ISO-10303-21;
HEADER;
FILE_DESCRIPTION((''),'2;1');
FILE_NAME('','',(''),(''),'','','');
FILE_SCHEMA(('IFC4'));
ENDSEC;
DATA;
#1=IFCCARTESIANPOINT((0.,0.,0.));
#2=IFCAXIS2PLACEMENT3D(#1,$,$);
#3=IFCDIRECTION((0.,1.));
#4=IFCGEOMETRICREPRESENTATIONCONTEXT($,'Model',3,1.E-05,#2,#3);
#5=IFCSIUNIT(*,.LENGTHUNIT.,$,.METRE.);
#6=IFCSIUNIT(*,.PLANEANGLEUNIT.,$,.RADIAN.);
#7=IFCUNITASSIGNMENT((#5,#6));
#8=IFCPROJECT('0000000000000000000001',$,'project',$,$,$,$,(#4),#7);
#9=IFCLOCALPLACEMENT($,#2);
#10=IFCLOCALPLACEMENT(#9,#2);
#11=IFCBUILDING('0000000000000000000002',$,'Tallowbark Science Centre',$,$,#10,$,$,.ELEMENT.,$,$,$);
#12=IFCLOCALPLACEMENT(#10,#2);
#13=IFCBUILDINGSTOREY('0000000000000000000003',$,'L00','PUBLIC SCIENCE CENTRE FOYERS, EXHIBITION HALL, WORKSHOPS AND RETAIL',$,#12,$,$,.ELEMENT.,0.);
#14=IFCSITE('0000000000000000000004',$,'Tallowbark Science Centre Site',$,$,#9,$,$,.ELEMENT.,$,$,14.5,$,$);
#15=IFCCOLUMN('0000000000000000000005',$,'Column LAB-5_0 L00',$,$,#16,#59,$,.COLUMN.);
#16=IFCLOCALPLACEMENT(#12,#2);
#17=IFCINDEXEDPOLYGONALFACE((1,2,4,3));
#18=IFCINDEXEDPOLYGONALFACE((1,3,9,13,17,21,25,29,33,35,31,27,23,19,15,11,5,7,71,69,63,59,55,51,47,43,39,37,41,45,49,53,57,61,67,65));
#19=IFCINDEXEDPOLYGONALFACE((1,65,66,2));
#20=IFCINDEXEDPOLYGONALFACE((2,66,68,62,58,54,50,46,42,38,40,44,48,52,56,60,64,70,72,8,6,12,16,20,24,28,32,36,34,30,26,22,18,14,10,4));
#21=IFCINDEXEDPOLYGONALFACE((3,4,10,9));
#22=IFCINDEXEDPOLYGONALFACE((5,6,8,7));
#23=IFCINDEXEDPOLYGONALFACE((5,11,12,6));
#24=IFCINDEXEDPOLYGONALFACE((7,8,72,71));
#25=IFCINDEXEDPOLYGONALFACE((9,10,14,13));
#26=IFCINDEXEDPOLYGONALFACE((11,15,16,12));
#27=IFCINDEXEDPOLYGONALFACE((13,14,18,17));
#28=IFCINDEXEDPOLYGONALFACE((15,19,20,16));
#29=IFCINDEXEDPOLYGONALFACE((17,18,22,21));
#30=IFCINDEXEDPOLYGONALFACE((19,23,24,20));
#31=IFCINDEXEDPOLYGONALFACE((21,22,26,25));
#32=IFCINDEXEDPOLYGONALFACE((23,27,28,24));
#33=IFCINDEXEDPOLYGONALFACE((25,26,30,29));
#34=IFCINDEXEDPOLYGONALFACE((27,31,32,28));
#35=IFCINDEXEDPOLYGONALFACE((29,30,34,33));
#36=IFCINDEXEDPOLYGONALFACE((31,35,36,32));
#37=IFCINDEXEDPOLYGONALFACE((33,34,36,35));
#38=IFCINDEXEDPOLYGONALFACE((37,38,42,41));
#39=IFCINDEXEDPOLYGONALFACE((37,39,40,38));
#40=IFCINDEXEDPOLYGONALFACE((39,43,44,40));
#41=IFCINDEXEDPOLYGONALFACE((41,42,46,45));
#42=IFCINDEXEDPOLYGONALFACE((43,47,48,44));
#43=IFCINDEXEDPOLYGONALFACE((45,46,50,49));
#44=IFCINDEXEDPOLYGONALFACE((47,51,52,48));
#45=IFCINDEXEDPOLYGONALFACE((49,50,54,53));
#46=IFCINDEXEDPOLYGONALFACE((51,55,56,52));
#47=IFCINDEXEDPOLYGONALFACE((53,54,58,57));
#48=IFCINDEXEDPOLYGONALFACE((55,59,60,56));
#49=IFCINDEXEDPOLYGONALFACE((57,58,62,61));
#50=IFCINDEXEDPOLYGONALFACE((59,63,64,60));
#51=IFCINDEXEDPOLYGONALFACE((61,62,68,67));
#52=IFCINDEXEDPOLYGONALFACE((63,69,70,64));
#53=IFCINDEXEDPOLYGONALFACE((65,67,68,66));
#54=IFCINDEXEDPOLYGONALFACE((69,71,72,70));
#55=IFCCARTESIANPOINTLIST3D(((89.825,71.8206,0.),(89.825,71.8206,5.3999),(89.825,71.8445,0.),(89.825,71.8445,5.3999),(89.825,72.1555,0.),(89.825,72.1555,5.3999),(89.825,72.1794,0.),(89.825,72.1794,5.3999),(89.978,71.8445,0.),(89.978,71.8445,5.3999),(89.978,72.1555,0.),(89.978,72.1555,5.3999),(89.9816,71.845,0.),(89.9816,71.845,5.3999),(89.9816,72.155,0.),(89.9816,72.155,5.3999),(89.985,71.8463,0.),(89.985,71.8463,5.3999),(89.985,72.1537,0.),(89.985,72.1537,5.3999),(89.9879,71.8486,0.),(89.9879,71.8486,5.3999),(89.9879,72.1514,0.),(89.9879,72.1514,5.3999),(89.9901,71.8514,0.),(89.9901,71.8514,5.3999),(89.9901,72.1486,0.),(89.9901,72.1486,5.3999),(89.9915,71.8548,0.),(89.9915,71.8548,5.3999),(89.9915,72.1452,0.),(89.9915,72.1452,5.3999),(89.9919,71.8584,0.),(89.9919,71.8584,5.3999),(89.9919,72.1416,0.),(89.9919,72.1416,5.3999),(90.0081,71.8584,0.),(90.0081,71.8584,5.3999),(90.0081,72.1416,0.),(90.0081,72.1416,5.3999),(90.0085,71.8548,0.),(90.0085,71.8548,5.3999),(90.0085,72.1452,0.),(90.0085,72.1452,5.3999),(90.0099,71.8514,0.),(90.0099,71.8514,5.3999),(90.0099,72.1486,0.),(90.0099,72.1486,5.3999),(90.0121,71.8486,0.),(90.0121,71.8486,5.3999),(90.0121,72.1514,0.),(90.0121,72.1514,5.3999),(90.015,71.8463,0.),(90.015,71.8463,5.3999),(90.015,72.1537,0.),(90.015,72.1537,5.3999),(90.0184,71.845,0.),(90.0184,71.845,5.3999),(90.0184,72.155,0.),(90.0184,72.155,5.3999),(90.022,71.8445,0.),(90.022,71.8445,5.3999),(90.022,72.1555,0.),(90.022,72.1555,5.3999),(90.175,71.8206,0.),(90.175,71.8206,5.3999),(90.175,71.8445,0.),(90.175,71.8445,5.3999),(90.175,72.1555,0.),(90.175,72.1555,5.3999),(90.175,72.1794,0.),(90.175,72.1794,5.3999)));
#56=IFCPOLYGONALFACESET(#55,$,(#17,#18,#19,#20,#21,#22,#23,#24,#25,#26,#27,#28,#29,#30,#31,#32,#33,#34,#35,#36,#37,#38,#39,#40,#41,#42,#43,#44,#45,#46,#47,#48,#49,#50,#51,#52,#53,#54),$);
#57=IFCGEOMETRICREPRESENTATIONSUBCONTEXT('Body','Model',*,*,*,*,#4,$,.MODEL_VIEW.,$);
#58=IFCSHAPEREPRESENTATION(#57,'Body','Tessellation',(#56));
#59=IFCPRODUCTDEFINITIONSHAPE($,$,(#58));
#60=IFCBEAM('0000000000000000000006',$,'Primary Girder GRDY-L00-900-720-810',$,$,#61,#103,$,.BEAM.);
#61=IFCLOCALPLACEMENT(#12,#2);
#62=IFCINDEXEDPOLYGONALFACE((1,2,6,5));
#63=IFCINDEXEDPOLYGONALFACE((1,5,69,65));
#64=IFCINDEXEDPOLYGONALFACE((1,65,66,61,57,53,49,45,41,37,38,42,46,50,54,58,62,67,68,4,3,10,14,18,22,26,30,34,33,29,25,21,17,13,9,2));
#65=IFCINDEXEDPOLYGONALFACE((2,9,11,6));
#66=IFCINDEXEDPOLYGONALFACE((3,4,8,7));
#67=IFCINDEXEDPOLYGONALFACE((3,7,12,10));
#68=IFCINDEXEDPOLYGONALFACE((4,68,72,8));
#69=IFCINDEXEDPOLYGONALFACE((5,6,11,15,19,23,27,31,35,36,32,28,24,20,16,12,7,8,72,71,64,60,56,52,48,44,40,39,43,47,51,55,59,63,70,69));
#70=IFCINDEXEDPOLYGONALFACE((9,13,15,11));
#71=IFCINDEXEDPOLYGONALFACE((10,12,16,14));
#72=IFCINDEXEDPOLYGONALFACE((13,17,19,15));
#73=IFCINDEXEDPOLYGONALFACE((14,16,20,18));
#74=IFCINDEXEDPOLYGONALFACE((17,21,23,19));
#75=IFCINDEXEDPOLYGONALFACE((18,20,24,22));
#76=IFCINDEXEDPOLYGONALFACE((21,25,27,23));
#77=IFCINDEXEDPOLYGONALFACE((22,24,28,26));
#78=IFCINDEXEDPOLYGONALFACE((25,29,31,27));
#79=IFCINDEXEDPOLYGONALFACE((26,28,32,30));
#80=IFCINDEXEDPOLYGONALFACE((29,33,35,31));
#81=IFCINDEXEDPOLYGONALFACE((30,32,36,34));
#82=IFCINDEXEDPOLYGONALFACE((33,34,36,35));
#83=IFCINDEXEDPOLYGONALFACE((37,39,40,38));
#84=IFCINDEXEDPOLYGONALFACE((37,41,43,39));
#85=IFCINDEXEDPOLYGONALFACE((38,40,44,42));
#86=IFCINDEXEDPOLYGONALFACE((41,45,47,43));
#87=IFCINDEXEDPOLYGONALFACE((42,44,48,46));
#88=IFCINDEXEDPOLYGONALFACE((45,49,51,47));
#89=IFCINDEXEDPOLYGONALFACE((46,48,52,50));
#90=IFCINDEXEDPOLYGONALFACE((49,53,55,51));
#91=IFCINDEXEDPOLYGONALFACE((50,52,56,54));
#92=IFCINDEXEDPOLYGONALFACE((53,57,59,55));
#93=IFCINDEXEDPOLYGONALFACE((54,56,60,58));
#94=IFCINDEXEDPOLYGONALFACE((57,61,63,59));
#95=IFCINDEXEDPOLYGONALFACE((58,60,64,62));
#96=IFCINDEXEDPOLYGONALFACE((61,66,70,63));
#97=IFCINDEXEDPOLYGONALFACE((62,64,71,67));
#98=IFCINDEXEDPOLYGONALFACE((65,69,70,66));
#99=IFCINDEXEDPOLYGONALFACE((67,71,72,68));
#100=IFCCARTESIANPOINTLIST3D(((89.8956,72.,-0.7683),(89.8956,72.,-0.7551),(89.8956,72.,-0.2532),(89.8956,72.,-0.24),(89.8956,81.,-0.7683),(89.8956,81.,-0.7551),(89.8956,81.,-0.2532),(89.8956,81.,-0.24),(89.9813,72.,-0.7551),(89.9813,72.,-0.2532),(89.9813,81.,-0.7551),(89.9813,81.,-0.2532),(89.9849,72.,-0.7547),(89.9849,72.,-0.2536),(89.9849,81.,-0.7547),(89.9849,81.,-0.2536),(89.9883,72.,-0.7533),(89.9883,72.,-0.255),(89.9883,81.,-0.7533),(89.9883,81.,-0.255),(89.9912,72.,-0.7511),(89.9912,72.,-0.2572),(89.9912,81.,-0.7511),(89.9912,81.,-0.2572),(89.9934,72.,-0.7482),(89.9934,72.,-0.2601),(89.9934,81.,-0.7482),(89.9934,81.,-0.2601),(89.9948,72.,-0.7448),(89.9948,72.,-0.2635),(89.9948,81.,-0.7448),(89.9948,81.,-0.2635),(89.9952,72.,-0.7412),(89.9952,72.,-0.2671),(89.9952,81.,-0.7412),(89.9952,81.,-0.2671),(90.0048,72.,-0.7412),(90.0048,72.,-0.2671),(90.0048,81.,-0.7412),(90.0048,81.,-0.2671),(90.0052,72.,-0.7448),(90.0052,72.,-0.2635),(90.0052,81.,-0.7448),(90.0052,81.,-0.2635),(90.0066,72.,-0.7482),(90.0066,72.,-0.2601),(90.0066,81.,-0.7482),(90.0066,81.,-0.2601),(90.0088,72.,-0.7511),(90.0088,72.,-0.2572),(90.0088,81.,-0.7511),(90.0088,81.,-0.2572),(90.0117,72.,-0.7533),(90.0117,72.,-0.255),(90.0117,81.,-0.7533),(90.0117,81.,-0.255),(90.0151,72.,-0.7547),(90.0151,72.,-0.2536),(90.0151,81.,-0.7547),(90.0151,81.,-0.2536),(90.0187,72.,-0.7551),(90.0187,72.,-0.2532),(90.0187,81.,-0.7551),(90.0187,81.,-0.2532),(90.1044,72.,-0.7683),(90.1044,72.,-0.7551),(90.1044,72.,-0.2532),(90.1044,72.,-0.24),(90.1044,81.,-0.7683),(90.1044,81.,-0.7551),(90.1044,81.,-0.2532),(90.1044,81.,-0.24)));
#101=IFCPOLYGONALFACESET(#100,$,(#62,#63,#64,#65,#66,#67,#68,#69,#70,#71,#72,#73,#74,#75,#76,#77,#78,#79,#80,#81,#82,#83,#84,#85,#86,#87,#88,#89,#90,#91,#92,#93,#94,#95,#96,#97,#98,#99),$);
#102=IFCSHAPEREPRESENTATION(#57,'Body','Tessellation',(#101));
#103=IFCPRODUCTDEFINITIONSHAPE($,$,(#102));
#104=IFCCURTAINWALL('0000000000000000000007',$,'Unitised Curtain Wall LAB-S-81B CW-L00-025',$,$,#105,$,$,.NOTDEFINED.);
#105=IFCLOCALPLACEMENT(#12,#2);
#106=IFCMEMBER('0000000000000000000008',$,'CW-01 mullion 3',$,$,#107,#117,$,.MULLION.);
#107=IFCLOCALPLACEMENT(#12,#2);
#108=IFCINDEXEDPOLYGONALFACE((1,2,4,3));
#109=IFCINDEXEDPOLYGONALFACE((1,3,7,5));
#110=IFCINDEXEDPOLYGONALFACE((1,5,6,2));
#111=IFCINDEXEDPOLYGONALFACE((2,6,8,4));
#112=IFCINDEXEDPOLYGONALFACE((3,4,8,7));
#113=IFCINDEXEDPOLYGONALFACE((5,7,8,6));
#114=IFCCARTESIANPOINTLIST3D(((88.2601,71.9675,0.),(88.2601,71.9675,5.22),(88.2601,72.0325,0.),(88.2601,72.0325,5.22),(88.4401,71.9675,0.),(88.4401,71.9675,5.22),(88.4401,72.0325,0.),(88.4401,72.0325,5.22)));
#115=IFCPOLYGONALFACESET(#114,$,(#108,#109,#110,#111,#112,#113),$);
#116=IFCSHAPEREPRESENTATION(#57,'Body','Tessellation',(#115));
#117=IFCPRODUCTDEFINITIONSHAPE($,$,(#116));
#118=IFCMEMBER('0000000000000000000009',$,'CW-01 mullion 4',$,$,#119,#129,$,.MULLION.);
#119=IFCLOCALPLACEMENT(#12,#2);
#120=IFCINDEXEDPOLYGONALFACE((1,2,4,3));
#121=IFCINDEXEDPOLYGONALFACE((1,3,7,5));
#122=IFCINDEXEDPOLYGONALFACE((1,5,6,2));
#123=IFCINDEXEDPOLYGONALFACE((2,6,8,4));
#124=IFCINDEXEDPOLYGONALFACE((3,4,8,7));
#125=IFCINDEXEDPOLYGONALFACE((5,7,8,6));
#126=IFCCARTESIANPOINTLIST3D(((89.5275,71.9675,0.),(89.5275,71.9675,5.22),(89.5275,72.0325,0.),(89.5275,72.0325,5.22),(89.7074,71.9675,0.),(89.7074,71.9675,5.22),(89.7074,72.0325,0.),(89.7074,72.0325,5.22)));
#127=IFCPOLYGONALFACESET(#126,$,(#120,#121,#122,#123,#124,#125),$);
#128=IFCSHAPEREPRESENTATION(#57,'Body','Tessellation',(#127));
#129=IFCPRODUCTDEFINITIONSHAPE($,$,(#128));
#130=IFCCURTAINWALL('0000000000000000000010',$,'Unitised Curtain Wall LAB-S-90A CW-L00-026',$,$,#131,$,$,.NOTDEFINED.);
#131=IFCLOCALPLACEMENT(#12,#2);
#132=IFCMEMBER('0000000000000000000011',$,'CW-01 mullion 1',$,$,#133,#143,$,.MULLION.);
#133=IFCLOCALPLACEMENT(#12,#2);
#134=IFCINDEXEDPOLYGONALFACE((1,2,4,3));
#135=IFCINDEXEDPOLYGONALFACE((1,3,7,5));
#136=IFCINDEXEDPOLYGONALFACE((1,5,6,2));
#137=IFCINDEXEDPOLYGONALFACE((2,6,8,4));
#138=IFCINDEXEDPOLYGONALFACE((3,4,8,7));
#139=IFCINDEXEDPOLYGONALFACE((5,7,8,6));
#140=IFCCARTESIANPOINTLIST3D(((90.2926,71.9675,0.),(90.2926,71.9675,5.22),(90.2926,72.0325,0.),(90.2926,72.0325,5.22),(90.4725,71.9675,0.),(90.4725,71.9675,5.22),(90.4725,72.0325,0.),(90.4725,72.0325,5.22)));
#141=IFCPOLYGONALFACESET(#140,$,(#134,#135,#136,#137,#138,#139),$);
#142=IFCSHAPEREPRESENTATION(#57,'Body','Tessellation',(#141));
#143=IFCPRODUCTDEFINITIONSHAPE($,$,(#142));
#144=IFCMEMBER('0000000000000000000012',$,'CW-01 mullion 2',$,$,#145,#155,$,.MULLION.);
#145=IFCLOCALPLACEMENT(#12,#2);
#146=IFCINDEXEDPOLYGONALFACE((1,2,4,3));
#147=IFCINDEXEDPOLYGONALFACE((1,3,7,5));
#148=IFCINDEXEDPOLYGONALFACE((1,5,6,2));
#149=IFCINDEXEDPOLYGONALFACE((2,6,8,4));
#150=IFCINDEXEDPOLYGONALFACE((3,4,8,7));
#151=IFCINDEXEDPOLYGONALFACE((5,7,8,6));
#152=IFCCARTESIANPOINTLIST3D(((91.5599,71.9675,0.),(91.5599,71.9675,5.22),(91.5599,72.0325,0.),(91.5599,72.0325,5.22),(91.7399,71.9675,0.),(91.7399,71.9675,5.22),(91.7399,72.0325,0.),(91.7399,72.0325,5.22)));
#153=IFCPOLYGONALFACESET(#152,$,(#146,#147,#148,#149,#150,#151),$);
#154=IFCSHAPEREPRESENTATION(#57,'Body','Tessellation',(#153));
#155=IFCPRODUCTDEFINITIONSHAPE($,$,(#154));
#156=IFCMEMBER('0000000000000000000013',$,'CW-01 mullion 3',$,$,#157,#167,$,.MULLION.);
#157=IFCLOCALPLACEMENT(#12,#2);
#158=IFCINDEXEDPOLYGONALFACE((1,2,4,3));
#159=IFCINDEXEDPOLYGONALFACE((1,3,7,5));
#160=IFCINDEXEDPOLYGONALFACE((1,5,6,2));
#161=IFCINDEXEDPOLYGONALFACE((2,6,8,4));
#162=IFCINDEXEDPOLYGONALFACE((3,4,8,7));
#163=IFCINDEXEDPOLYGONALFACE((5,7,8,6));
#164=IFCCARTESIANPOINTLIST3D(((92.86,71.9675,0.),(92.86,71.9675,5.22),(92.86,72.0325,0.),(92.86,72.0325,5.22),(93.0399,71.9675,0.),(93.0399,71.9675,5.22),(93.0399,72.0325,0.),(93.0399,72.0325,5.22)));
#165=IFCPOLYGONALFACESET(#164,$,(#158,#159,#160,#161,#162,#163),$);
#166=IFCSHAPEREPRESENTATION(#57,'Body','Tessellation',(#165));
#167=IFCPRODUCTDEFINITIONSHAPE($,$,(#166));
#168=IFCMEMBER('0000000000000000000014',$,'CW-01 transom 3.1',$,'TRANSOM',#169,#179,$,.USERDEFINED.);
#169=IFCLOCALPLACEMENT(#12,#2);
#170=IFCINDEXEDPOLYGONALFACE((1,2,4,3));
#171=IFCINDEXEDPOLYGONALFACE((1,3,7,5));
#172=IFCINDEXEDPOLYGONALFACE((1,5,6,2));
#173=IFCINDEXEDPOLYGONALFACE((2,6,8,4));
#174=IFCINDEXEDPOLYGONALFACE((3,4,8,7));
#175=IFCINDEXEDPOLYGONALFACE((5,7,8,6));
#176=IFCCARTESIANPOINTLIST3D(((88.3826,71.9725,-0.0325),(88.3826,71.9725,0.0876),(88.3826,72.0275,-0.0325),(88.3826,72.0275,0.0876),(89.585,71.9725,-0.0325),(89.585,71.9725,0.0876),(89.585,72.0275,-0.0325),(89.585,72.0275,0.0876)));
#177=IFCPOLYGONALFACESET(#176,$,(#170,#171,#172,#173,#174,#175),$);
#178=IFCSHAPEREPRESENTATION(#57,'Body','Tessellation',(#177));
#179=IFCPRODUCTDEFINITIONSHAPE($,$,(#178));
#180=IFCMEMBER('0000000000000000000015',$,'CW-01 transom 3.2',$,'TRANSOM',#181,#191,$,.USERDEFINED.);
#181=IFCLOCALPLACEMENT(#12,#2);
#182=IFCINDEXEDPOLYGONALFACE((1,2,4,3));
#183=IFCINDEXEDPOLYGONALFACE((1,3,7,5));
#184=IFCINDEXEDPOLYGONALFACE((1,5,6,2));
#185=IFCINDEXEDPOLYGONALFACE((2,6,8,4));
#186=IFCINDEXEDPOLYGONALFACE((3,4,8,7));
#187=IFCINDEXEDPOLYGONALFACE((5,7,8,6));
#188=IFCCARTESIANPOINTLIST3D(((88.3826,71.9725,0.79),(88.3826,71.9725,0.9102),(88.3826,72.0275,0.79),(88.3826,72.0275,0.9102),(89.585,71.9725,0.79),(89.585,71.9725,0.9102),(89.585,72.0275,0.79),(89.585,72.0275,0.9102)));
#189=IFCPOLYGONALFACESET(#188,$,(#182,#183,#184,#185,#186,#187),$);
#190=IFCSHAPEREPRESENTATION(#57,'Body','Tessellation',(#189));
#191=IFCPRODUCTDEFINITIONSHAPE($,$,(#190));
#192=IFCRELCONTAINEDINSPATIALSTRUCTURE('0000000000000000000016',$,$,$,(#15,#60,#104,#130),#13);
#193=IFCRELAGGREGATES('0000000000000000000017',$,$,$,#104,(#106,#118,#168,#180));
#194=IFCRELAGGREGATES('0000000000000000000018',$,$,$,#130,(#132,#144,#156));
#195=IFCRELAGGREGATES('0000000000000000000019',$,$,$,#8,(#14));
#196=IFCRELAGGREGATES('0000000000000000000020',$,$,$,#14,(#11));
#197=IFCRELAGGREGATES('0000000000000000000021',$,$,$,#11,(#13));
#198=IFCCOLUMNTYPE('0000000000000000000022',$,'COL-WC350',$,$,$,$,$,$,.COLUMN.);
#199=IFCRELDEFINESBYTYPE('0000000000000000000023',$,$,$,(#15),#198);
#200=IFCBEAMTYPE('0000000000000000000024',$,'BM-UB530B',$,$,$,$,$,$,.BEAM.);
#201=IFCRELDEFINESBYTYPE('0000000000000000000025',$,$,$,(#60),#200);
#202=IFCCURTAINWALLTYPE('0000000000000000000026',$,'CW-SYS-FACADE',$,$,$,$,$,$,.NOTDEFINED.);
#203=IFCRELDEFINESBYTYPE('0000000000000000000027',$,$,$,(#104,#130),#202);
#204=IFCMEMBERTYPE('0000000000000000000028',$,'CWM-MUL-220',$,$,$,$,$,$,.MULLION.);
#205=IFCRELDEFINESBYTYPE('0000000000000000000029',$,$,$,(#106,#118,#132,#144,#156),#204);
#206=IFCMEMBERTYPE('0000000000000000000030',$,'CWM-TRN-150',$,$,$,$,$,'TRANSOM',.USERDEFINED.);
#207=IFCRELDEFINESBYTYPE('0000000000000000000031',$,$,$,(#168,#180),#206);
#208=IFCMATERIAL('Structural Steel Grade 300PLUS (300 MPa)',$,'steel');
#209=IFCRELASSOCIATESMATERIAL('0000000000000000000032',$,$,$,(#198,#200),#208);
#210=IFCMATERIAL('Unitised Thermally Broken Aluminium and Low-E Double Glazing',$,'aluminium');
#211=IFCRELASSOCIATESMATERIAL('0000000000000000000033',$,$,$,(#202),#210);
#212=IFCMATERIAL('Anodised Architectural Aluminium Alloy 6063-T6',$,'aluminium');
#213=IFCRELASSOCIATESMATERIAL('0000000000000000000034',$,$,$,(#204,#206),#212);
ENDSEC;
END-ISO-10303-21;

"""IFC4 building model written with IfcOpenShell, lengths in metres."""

from ifc_helpers import new_model, si_unit, direction, frame, origin, origin_2d, place, context, subcontext, project, spatial, rectangle, i_section, extrude, material, material_profile, profile_set, type_object, element, aggregate, save


model = new_model("IFC4")

# Units and contexts
model_context = context("Model", 3, precision=1e-05, world=origin(), true_north=direction((0.0, 1.0)))
body_context = subcontext(model_context, "Body", "Model", "MODEL_VIEW")
ifc_project = project(units=[si_unit("LENGTHUNIT", "METRE"), si_unit("PLANEANGLEUNIT", "RADIAN")], contexts=[model_context])

# Site, building, storey
site_placement = place(None, origin())
site = spatial("IfcSite", under=ifc_project, at=site_placement, Name="Tallowbark Science Centre Site", CompositionType="ELEMENT", RefElevation=14.5)
building_placement = place(site_placement, origin())
building = spatial("IfcBuilding", under=site, at=building_placement, Name="Tallowbark Science Centre", CompositionType="ELEMENT")
storey_placement = place(building_placement, origin())
storey = spatial("IfcBuildingStorey", under=building, at=storey_placement, Name="L00", Description="PUBLIC SCIENCE CENTRE FOYERS, EXHIBITION HALL, WORKSHOPS AND RETAIL", CompositionType="ELEMENT", Elevation=0.0)

# Column
ifc_material_1 = material(Name="Structural Steel Grade 300PLUS (300 MPa)", Category="steel")
ifc_material_profile_1 = material_profile(ifc_material_1, i_section(OverallWidth=0.3501, OverallDepth=0.3589, WebThickness=0.0161, FlangeThickness=0.0239, FilletRadius=0.0139, at=origin_2d()), Name="350WC197")
ifc_profile_set_1 = profile_set([ifc_material_profile_1], Name="Structural Steel Grade 300PLUS (300 MPa)")
column_type = type_object("IfcColumnType", Name="COL-WC350", PredefinedType="COLUMN", material=ifc_profile_set_1)
column_placement = place(storey_placement, frame((90.0, 72.0, 0.0), z_axis=(0.0, 0.0, 1.0), x_axis=(1.0, 0.0, 0.0)))
element("IfcColumn", 1, at=column_placement, inside=storey, type_object=column_type, Name="Column LAB-5_0 L00", PredefinedType="COLUMN", context=body_context, shape_type="SweptSolid", body=[
    extrude(i_section(OverallWidth=0.3501, OverallDepth=0.3589, WebThickness=0.0161, FlangeThickness=0.0239, FilletRadius=0.0139, at=origin_2d()), origin(), (0.0, 0.0, 1.0), 5.3999),
])

# Beam
ifc_material_profile_2 = material_profile(ifc_material_1, i_section(OverallWidth=0.2087, OverallDepth=0.5283, WebThickness=0.0095, FlangeThickness=0.0132, FilletRadius=0.0139, at=origin_2d()), Name="530UB82.0")
ifc_profile_set_2 = profile_set([ifc_material_profile_2], Name="Structural Steel Grade 300PLUS (300 MPa)")
beam_type_1 = type_object("IfcBeamType", Name="BM-UB530B", PredefinedType="BEAM", material=ifc_profile_set_2)
beam_1_placement = place(storey_placement, frame((90.0, 72.0, -0.5042), z_axis=(0.0, 1.0, 0.0), x_axis=(-1.0, 0.0, 0.0)))
element("IfcBeam", 2, at=beam_1_placement, inside=storey, type_object=beam_type_1, Name="Primary Girder GRDY-L00-900-720-810", PredefinedType="BEAM", context=body_context, shape_type="SweptSolid", body=[
    extrude(i_section(OverallWidth=0.2087, OverallDepth=0.5283, WebThickness=0.0095, FlangeThickness=0.0132, FilletRadius=0.0139, at=origin_2d()), origin(), (0.0, 0.0, 1.0), 9.0),
])

# Curtain walls, members
ifc_material_2 = material(Name="Unitised Thermally Broken Aluminium and Low-E Double Glazing", Category="aluminium")
curtain_wall_type = type_object("IfcCurtainWallType", Name="CW-SYS-FACADE", PredefinedType="NOTDEFINED", material=ifc_material_2)
curtain_wall_1_placement = place(storey_placement, origin())
curtain_wall_1 = element("IfcCurtainWall", 3, at=curtain_wall_1_placement, inside=storey, type_object=curtain_wall_type, Name="Unitised Curtain Wall LAB-S-81B CW-L00-025", PredefinedType="NOTDEFINED")
ifc_material_3 = material(Name="Anodised Architectural Aluminium Alloy 6063-T6", Category="aluminium")
ifc_material_profile_3 = material_profile(ifc_material_3, rectangle(XDim=0.0649, YDim=0.1799, at=origin_2d()), Name="ALU65x180")
ifc_profile_set_3 = profile_set([ifc_material_profile_3], Name="Anodised Architectural Aluminium Alloy 6063-T6")
member_type_1 = type_object("IfcMemberType", Name="CWM-MUL-220", PredefinedType="MULLION", material=ifc_profile_set_3)
member_1_placement = place(storey_placement, frame((88.3501, 72.0, 0.0), z_axis=(0.0, 0.0, 1.0), x_axis=(0.0, 1.0, 0.0)))
member_1 = element("IfcMember", 4, at=member_1_placement, type_object=member_type_1, Name="CW-01 mullion 3", PredefinedType="MULLION", context=body_context, shape_type="SweptSolid", body=[
    extrude(rectangle(XDim=0.0649, YDim=0.1799, at=origin_2d()), origin(), (0.0, 0.0, 1.0), 5.22),
])
member_2_placement = place(storey_placement, frame((89.6174, 72.0, 0.0), z_axis=(0.0, 0.0, 1.0), x_axis=(0.0, 1.0, 0.0)))
member_2 = element("IfcMember", 5, at=member_2_placement, type_object=member_type_1, Name="CW-01 mullion 4", PredefinedType="MULLION", context=body_context, shape_type="SweptSolid", body=[
    extrude(rectangle(XDim=0.0649, YDim=0.1799, at=origin_2d()), origin(), (0.0, 0.0, 1.0), 5.22),
])
curtain_wall_2_placement = place(storey_placement, origin())
curtain_wall_2 = element("IfcCurtainWall", 6, at=curtain_wall_2_placement, inside=storey, type_object=curtain_wall_type, Name="Unitised Curtain Wall LAB-S-90A CW-L00-026", PredefinedType="NOTDEFINED")
member_3_placement = place(storey_placement, frame((90.3826, 72.0, 0.0), z_axis=(0.0, 0.0, 1.0), x_axis=(0.0, 1.0, 0.0)))
member_3 = element("IfcMember", 7, at=member_3_placement, type_object=member_type_1, Name="CW-01 mullion 1", PredefinedType="MULLION", context=body_context, shape_type="SweptSolid", body=[
    extrude(rectangle(XDim=0.0649, YDim=0.1799, at=origin_2d()), origin(), (0.0, 0.0, 1.0), 5.22),
])
member_4_placement = place(storey_placement, frame((91.6499, 72.0, 0.0), z_axis=(0.0, 0.0, 1.0), x_axis=(0.0, 1.0, 0.0)))
member_4 = element("IfcMember", 8, at=member_4_placement, type_object=member_type_1, Name="CW-01 mullion 2", PredefinedType="MULLION", context=body_context, shape_type="SweptSolid", body=[
    extrude(rectangle(XDim=0.0649, YDim=0.1799, at=origin_2d()), origin(), (0.0, 0.0, 1.0), 5.22),
])
member_5_placement = place(storey_placement, frame((92.95, 72.0, 0.0), z_axis=(0.0, 0.0, 1.0), x_axis=(0.0, 1.0, 0.0)))
member_5 = element("IfcMember", 9, at=member_5_placement, type_object=member_type_1, Name="CW-01 mullion 3", PredefinedType="MULLION", context=body_context, shape_type="SweptSolid", body=[
    extrude(rectangle(XDim=0.0649, YDim=0.1799, at=origin_2d()), origin(), (0.0, 0.0, 1.0), 5.22),
])

# Members
ifc_material_profile_4 = material_profile(ifc_material_3, rectangle(XDim=0.0549, YDim=0.1201, at=origin_2d()), Name="ALU55x120")
ifc_profile_set_4 = profile_set([ifc_material_profile_4], Name="Anodised Architectural Aluminium Alloy 6063-T6")
member_type_2 = type_object("IfcMemberType", Name="CWM-TRN-150", ElementType="TRANSOM", PredefinedType="USERDEFINED", material=ifc_profile_set_4)
member_6_placement = place(storey_placement, frame((88.3826, 72.0, 0.0276), z_axis=(1.0, 0.0, 0.0), x_axis=(0.0, 1.0, 0.0)))
member_6 = element("IfcMember", 10, at=member_6_placement, type_object=member_type_2, Name="CW-01 transom 3.1", ObjectType="TRANSOM", PredefinedType="USERDEFINED", context=body_context, shape_type="SweptSolid", body=[
    extrude(rectangle(XDim=0.0549, YDim=0.1201, at=origin_2d()), origin(), (0.0, 0.0, 1.0), 1.2024),
])
member_7_placement = place(storey_placement, frame((88.3826, 72.0, 0.8501), z_axis=(1.0, 0.0, 0.0), x_axis=(0.0, 1.0, 0.0)))
member_7 = element("IfcMember", 11, at=member_7_placement, type_object=member_type_2, Name="CW-01 transom 3.2", ObjectType="TRANSOM", PredefinedType="USERDEFINED", context=body_context, shape_type="SweptSolid", body=[
    extrude(rectangle(XDim=0.0549, YDim=0.1201, at=origin_2d()), origin(), (0.0, 0.0, 1.0), 1.2024),
])

aggregate(curtain_wall_1, [member_1, member_2, member_6, member_7])
aggregate(curtain_wall_2, [member_3, member_4, member_5])

save(model, "model.ifc")
